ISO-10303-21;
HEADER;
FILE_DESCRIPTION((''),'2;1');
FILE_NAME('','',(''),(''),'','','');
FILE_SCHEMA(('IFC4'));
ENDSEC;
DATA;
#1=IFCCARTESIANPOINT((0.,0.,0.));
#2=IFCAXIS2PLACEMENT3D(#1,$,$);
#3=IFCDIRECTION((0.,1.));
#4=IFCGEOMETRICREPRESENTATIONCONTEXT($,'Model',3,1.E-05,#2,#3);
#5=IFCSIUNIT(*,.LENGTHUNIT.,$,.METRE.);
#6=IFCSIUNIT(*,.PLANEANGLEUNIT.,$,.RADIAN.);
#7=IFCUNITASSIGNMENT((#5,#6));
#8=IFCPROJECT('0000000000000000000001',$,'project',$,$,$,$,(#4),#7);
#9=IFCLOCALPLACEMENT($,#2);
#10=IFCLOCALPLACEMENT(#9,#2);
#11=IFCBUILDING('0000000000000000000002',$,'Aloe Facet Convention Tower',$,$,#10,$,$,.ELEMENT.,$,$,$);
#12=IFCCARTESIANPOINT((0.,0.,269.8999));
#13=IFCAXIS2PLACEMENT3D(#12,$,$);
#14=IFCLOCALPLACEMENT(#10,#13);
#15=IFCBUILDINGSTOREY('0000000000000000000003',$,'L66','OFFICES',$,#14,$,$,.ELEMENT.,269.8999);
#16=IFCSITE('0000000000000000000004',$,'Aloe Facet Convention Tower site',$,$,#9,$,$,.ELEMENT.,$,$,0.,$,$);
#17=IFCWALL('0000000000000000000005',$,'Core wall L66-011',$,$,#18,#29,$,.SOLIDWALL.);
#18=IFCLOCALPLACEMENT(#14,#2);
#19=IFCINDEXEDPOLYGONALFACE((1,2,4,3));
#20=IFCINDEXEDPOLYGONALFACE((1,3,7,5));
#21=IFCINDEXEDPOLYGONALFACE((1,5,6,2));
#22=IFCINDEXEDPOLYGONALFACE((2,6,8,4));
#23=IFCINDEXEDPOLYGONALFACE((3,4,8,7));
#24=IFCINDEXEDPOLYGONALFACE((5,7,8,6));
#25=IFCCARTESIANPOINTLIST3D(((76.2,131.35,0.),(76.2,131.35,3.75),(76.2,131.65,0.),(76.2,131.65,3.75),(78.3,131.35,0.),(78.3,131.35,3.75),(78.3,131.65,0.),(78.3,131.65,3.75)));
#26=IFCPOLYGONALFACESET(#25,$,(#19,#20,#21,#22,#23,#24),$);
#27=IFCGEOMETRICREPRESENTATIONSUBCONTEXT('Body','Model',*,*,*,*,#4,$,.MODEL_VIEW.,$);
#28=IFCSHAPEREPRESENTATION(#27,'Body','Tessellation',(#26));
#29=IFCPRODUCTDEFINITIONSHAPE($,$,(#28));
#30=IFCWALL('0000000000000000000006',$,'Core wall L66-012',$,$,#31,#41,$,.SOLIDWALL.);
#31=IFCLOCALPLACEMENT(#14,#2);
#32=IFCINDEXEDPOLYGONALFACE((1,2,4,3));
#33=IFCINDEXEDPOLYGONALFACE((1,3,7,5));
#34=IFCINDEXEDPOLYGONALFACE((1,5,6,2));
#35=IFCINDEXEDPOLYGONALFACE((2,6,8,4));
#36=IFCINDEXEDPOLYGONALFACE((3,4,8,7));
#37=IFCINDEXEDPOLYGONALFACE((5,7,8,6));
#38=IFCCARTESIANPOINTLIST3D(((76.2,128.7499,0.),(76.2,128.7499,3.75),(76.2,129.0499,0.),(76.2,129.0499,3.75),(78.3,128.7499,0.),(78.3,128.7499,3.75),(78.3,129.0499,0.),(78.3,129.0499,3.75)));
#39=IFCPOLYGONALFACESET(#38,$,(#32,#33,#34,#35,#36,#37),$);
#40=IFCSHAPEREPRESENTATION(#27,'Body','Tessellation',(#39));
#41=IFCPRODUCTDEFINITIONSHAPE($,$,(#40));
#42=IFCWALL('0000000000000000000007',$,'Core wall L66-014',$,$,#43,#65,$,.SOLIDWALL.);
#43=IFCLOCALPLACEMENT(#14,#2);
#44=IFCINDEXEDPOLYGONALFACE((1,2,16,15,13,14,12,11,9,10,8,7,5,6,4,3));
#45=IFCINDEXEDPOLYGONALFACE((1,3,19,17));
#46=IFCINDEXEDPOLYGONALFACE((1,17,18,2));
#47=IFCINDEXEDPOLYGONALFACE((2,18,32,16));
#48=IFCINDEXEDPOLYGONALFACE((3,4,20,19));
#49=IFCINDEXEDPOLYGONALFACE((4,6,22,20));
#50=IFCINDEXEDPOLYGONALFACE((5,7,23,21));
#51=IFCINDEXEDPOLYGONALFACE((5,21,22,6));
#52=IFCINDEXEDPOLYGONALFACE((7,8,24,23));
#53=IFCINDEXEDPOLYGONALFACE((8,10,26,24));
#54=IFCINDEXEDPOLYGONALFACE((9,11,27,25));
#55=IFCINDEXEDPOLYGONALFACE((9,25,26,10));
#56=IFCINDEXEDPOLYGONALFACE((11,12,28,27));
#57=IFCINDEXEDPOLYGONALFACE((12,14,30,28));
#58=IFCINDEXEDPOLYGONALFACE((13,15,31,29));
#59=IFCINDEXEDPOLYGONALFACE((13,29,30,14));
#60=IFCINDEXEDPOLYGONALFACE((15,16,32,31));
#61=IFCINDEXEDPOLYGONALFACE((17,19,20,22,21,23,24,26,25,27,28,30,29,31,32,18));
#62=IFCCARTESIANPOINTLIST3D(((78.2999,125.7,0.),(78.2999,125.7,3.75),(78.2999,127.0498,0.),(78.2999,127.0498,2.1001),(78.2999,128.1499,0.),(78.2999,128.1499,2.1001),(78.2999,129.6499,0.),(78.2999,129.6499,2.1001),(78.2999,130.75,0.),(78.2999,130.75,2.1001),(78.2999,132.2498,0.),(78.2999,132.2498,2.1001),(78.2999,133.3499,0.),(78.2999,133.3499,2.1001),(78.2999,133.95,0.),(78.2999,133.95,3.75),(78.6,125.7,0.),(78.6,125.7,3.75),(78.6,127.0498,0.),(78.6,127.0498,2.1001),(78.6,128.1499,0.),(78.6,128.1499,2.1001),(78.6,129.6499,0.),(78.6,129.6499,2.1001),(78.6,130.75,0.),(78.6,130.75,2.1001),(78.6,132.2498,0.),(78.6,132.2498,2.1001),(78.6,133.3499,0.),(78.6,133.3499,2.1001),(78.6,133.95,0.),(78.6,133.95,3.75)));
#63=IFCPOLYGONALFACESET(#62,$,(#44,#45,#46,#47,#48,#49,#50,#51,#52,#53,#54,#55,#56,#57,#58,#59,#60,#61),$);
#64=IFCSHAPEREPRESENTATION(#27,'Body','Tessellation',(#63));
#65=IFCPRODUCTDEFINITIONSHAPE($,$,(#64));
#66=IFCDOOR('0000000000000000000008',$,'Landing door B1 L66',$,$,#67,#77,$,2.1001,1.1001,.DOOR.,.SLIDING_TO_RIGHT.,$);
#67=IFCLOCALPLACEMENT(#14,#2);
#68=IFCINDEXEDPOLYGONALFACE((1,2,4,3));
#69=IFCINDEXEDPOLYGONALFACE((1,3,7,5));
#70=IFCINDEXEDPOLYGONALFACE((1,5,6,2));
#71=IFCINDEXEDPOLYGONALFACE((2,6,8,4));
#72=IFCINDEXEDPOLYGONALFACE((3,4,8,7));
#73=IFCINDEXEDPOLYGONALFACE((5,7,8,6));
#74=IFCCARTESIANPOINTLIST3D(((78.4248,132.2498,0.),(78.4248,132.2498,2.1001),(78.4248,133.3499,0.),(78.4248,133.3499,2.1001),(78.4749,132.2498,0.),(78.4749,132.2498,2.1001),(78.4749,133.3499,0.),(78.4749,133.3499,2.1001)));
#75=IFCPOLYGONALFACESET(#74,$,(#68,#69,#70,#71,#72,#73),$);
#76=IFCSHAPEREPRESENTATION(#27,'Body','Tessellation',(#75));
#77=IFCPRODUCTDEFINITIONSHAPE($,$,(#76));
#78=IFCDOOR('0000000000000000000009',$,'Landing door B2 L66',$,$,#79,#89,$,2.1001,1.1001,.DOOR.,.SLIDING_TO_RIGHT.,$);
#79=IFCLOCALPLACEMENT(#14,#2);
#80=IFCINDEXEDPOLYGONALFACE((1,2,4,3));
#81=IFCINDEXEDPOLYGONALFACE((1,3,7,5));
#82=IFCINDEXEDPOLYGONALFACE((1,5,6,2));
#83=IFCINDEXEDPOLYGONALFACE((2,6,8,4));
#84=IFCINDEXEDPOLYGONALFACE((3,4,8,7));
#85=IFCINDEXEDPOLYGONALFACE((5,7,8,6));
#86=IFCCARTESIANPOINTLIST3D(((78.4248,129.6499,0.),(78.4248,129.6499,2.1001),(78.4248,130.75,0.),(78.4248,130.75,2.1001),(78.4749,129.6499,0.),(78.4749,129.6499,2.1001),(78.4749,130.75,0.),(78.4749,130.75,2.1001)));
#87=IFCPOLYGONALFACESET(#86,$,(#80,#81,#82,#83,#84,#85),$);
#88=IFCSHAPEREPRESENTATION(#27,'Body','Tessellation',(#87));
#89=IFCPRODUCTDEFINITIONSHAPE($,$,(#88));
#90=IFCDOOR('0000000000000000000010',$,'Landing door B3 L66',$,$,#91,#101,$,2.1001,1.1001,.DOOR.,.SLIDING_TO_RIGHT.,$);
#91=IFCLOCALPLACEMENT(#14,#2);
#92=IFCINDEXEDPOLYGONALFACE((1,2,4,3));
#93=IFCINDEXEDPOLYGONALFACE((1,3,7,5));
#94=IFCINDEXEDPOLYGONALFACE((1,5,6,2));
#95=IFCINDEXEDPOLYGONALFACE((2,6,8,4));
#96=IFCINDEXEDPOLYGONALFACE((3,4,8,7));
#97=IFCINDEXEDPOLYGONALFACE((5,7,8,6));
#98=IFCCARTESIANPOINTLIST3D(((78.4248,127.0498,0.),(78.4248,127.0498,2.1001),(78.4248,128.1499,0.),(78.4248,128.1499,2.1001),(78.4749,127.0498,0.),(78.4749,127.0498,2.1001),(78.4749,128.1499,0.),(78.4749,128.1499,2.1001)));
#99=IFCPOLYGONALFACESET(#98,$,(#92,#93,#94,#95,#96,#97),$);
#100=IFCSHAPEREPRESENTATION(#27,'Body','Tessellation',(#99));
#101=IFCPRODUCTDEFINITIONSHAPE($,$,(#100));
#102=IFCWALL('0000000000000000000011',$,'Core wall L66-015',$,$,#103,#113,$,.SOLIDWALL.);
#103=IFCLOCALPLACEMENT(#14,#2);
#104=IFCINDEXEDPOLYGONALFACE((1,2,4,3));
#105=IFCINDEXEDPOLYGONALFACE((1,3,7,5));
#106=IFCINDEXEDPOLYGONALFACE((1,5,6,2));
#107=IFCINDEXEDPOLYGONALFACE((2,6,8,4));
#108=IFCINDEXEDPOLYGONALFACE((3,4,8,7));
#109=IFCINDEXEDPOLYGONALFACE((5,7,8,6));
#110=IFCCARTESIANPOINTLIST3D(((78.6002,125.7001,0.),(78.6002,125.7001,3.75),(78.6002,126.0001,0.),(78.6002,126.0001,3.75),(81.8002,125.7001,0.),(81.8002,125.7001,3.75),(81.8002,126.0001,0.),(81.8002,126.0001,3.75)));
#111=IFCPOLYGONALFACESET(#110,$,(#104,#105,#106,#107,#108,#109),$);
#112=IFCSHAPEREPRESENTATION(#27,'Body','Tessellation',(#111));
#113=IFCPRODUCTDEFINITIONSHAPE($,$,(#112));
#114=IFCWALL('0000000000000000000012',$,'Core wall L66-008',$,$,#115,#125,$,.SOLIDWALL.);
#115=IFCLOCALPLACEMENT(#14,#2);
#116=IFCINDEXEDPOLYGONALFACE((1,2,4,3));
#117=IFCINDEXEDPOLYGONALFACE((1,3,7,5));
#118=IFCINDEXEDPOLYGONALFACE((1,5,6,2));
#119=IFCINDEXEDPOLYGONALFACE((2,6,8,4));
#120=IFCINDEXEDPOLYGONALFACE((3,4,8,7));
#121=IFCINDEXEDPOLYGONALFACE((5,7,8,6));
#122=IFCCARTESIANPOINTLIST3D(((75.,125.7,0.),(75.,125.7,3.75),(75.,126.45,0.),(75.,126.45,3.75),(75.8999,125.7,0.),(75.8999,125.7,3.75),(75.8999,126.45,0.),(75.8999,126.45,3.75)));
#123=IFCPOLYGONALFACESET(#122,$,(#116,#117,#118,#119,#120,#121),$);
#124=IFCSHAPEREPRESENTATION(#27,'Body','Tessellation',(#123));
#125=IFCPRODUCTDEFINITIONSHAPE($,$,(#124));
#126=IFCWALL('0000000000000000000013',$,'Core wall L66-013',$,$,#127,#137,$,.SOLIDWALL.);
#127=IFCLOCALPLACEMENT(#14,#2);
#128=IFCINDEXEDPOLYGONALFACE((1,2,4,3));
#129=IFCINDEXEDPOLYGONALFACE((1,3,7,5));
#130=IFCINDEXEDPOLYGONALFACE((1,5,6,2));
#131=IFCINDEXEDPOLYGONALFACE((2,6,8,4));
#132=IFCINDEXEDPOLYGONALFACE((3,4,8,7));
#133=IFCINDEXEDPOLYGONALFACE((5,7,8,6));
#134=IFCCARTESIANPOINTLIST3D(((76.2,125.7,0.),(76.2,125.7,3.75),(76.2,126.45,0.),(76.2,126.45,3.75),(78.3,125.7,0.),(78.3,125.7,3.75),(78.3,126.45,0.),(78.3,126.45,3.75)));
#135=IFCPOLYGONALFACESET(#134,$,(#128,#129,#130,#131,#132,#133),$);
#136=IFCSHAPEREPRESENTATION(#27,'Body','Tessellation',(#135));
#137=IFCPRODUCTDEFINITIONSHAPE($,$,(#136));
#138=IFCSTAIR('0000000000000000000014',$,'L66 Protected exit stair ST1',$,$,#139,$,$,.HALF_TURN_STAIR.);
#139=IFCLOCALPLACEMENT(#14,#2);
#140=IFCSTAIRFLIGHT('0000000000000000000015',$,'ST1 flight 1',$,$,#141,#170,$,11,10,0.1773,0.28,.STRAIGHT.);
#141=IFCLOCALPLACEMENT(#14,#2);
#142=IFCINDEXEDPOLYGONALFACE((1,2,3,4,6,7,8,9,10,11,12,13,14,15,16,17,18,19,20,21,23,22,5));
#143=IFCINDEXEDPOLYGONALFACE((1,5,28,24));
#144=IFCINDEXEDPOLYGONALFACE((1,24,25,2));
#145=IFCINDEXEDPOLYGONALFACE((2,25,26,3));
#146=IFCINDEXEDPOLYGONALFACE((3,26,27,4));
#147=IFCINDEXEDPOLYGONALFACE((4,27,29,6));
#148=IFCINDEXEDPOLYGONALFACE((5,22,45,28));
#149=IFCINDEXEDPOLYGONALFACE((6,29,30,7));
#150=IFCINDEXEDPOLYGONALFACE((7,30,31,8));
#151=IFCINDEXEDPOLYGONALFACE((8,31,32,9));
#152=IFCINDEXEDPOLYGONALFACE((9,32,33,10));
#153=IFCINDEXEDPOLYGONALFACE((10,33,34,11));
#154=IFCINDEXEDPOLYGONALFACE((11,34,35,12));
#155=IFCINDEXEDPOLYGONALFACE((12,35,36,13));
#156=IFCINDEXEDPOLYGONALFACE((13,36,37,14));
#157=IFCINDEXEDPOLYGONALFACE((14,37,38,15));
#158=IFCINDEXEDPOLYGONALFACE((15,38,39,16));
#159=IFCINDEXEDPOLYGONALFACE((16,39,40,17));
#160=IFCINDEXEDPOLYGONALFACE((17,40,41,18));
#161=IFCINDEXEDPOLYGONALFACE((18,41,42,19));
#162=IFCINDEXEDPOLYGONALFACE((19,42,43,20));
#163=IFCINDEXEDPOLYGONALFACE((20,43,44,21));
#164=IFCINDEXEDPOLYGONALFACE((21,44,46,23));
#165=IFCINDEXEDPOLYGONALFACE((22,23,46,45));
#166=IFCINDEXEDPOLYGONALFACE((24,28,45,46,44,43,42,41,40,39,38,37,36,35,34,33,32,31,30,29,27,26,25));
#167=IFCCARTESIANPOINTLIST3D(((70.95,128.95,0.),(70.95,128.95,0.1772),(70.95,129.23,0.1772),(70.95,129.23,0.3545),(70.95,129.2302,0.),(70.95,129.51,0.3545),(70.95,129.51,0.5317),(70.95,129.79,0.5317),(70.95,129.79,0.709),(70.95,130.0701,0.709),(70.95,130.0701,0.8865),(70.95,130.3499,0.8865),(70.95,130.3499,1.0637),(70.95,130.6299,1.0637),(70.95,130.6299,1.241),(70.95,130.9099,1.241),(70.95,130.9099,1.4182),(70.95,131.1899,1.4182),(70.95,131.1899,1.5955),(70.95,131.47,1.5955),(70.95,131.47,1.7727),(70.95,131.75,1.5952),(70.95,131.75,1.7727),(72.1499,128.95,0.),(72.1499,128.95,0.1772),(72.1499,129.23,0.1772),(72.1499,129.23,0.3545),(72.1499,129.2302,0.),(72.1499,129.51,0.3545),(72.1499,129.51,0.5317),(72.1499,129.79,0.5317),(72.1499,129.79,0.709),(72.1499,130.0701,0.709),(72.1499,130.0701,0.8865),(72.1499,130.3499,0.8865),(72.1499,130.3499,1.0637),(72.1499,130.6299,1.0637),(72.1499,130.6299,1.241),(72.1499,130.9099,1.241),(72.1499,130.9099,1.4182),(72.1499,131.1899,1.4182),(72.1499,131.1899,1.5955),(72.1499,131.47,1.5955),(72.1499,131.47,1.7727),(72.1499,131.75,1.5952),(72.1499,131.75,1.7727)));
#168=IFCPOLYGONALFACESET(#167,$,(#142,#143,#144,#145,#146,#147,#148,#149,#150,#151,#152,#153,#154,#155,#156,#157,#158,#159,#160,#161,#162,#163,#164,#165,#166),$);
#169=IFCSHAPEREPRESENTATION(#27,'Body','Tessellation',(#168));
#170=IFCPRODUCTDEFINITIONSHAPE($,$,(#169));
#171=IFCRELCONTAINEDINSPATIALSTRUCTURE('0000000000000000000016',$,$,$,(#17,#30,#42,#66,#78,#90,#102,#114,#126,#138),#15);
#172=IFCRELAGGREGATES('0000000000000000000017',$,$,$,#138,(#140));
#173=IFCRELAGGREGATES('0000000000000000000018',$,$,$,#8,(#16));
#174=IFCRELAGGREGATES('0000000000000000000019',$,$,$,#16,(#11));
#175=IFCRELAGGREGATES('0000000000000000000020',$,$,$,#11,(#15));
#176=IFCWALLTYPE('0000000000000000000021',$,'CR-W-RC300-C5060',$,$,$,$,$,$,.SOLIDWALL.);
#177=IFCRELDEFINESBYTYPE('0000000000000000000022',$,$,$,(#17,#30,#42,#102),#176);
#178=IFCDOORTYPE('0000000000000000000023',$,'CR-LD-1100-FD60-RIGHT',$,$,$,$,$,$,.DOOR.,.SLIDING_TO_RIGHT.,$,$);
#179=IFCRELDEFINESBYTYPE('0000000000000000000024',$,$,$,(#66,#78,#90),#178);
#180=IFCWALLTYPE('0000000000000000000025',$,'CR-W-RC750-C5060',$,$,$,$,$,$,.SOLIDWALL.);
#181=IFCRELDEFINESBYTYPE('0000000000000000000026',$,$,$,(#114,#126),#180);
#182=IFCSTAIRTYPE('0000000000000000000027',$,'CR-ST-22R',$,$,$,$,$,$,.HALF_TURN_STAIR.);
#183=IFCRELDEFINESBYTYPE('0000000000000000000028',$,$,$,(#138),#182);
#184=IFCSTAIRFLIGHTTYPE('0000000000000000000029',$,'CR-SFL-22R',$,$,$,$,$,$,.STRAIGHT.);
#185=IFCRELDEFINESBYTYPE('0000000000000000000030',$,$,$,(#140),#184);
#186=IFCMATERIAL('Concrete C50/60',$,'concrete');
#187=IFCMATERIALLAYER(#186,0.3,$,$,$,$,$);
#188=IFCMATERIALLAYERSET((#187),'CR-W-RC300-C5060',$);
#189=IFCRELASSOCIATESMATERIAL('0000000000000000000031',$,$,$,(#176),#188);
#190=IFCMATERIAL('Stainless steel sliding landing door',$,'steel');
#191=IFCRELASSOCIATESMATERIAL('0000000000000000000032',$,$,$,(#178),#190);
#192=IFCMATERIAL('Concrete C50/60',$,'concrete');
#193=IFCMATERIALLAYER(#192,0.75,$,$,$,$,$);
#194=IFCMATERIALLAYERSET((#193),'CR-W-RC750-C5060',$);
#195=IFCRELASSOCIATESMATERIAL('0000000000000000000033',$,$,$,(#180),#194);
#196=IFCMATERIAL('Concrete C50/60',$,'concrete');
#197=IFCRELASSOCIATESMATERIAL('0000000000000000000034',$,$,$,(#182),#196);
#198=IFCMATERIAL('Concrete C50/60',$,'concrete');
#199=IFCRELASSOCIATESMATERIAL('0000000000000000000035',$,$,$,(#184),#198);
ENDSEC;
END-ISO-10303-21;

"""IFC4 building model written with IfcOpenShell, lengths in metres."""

from ifc_helpers import new_model, si_unit, direction, frame, frame_2d, origin, place, context, subcontext, project, spatial, polyline, rectangle, outline, extrude, material, layer, layer_set, type_object, element, fill, aggregate, save


model = new_model("IFC4")

# Units and contexts
model_context = context("Model", 3, precision=1e-05, world=origin(), true_north=direction((0.0, 1.0)))
body_context = subcontext(model_context, "Body", "Model", "MODEL_VIEW")
ifc_project = project(units=[si_unit("LENGTHUNIT", "METRE"), si_unit("PLANEANGLEUNIT", "RADIAN")], contexts=[model_context])

# Site, building, storey
site_placement = place(None, origin())
site = spatial("IfcSite", under=ifc_project, at=site_placement, Name="Aloe Facet Convention Tower site", CompositionType="ELEMENT", RefElevation=0.0)
building_placement = place(site_placement, origin())
building = spatial("IfcBuilding", under=site, at=building_placement, Name="Aloe Facet Convention Tower", CompositionType="ELEMENT")
storey_placement = place(building_placement, frame((0.0, 0.0, 269.8999)))
storey = spatial("IfcBuildingStorey", under=building, at=storey_placement, Name="L66", Description="OFFICES", CompositionType="ELEMENT", Elevation=269.8999)

# Shared definitions
ifc_material_1 = material(Name="Concrete C50/60", Category="concrete")
ifc_layer_1 = layer(ifc_material_1, 0.3)
ifc_layer_set_1 = layer_set([ifc_layer_1], Name="CR-W-RC300-C5060")
wall_type_1 = type_object("IfcWallType", Name="CR-W-RC300-C5060", PredefinedType="SOLIDWALL", material=ifc_layer_set_1)

# Walls
for number, where, z_axis, x_axis, name in (
    (1, (76.2, 131.5, 0.0), (0.0, 0.0, 1.0), (1.0, 0.0, 0.0), "Core wall L66-011"),
    (2, (76.2, 128.8999, 0.0), (0.0, 0.0, 1.0), (1.0, 0.0, 0.0), "Core wall L66-012"),
):
    element("IfcWall", number, at=place(storey_placement, frame(where, z_axis=z_axis, x_axis=x_axis)), inside=storey, type_object=wall_type_1, Name=name, PredefinedType="SOLIDWALL", context=body_context, shape_type="SweptSolid", body=[
        extrude(rectangle(XDim=2.1001, YDim=0.3, at=frame_2d((1.05, 0.0))), origin(), (0.0, 0.0, 1.0), 3.75),
    ])

# Wall, openings, doors
wall_1_placement = place(storey_placement, frame((78.45, 133.95, 0.0), z_axis=(0.0, 0.0, 1.0), x_axis=(0.0, -1.0, 0.0)))
wall_1 = element("IfcWall", 3, at=wall_1_placement, inside=storey, type_object=wall_type_1, Name="Core wall L66-014", PredefinedType="SOLIDWALL", context=body_context, shape_type="SweptSolid", body=[
    extrude(rectangle(XDim=8.25, YDim=0.3, at=frame_2d((4.125, 0.0))), origin(), (0.0, 0.0, 1.0), 3.75),
])
opening_1_placement = place(wall_1_placement, frame((0.6001, 0.0, 0.0)))
opening_1 = element("IfcOpeningElement", 4, at=opening_1_placement, cuts=wall_1, PredefinedType="OPENING", context=body_context, shape_type="SweptSolid", body=[
    extrude(rectangle(XDim=1.1001, YDim=2.1001, at=frame_2d((0.55, 1.05))), frame((0.0, 0.1602, 0.0), z_axis=(0.0, -1.0, 0.0), x_axis=(1.0, 0.0, 0.0)), (0.0, 0.0, 1.0), 0.3201),
])
opening_2_placement = place(wall_1_placement, frame((3.2, 0.0, 0.0)))
opening_2 = element("IfcOpeningElement", 5, at=opening_2_placement, cuts=wall_1, PredefinedType="OPENING", context=body_context, shape_type="SweptSolid", body=[
    extrude(rectangle(XDim=1.1001, YDim=2.1001, at=frame_2d((0.55, 1.05))), frame((0.0, 0.1602, 0.0), z_axis=(0.0, -1.0, 0.0), x_axis=(1.0, 0.0, 0.0)), (0.0, 0.0, 1.0), 0.3201),
])
opening_3_placement = place(wall_1_placement, frame((5.8, 0.0, 0.0)))
opening_3 = element("IfcOpeningElement", 6, at=opening_3_placement, cuts=wall_1, PredefinedType="OPENING", context=body_context, shape_type="SweptSolid", body=[
    extrude(rectangle(XDim=1.1001, YDim=2.1001, at=frame_2d((0.55, 1.05))), frame((0.0, 0.1602, 0.0), z_axis=(0.0, -1.0, 0.0), x_axis=(1.0, 0.0, 0.0)), (0.0, 0.0, 1.0), 0.3201),
])
ifc_material_2 = material(Name="Stainless steel sliding landing door", Category="steel")
door_type_1 = type_object("IfcDoorType", Name="CR-LD-1100-FD60-RIGHT", OperationType="SLIDING_TO_RIGHT", PredefinedType="DOOR", material=ifc_material_2)
door_1_placement = place(opening_1_placement, origin())
door_1 = element("IfcDoor", 7, at=door_1_placement, inside=storey, type_object=door_type_1, Name="Landing door B1 L66", OperationType="SLIDING_TO_RIGHT", OverallHeight=2.1001, OverallWidth=1.1001, PredefinedType="DOOR", context=body_context, shape_type="SweptSolid", body=[
    extrude(rectangle(XDim=1.1001, YDim=2.1001, at=frame_2d((0.55, 1.05))), frame((0.0, 0.0249, 0.0), z_axis=(0.0, -1.0, 0.0), x_axis=(1.0, 0.0, 0.0)), (0.0, 0.0, 1.0), 0.05),
])
fill(opening_1, door_1)
door_2_placement = place(opening_2_placement, origin())
door_2 = element("IfcDoor", 8, at=door_2_placement, inside=storey, type_object=door_type_1, Name="Landing door B2 L66", OperationType="SLIDING_TO_RIGHT", OverallHeight=2.1001, OverallWidth=1.1001, PredefinedType="DOOR", context=body_context, shape_type="SweptSolid", body=[
    extrude(rectangle(XDim=1.1001, YDim=2.1001, at=frame_2d((0.55, 1.05))), frame((0.0, 0.0249, 0.0), z_axis=(0.0, -1.0, 0.0), x_axis=(1.0, 0.0, 0.0)), (0.0, 0.0, 1.0), 0.05),
])
fill(opening_2, door_2)
door_3_placement = place(opening_3_placement, origin())
door_3 = element("IfcDoor", 9, at=door_3_placement, inside=storey, type_object=door_type_1, Name="Landing door B3 L66", OperationType="SLIDING_TO_RIGHT", OverallHeight=2.1001, OverallWidth=1.1001, PredefinedType="DOOR", context=body_context, shape_type="SweptSolid", body=[
    extrude(rectangle(XDim=1.1001, YDim=2.1001, at=frame_2d((0.55, 1.05))), frame((0.0, 0.0249, 0.0), z_axis=(0.0, -1.0, 0.0), x_axis=(1.0, 0.0, 0.0)), (0.0, 0.0, 1.0), 0.05),
])
fill(opening_3, door_3)

# Walls
wall_2_placement = place(storey_placement, frame((78.6001, 125.8501, 0.0), z_axis=(0.0, 0.0, 1.0), x_axis=(1.0, 0.0, 0.0)))
element("IfcWall", 10, at=wall_2_placement, inside=storey, type_object=wall_type_1, Name="Core wall L66-015", PredefinedType="SOLIDWALL", context=body_context, shape_type="SweptSolid", body=[
    extrude(rectangle(XDim=3.2, YDim=0.3, at=frame_2d((1.6001, 0.0))), origin(), (0.0, 0.0, 1.0), 3.75),
])
ifc_material_3 = material(Name="Concrete C50/60", Category="concrete")
ifc_layer_2 = layer(ifc_material_3, 0.75)
ifc_layer_set_2 = layer_set([ifc_layer_2], Name="CR-W-RC750-C5060")
wall_type_2 = type_object("IfcWallType", Name="CR-W-RC750-C5060", PredefinedType="SOLIDWALL", material=ifc_layer_set_2)
wall_3_placement = place(storey_placement, frame((75.0, 126.075, 0.0), z_axis=(0.0, 0.0, 1.0), x_axis=(1.0, 0.0, 0.0)))
element("IfcWall", 11, at=wall_3_placement, inside=storey, type_object=wall_type_2, Name="Core wall L66-008", PredefinedType="SOLIDWALL", context=body_context, shape_type="SweptSolid", body=[
    extrude(rectangle(XDim=0.8999, YDim=0.75, at=frame_2d((0.45, 0.0))), origin(), (0.0, 0.0, 1.0), 3.75),
])
wall_4_placement = place(storey_placement, frame((76.2, 126.075, 0.0), z_axis=(0.0, 0.0, 1.0), x_axis=(1.0, 0.0, 0.0)))
element("IfcWall", 12, at=wall_4_placement, inside=storey, type_object=wall_type_2, Name="Core wall L66-013", PredefinedType="SOLIDWALL", context=body_context, shape_type="SweptSolid", body=[
    extrude(rectangle(XDim=2.1001, YDim=0.75, at=frame_2d((1.05, 0.0))), origin(), (0.0, 0.0, 1.0), 3.75),
])

# Stair, stair flight
ifc_material_4 = material(Name="Concrete C50/60", Category="concrete")
stair_type = type_object("IfcStairType", Name="CR-ST-22R", PredefinedType="HALF_TURN_STAIR", material=ifc_material_4)
stair_placement = place(storey_placement, origin())
stair = element("IfcStair", 13, at=stair_placement, inside=storey, type_object=stair_type, Name="L66 Protected exit stair ST1", PredefinedType="HALF_TURN_STAIR")
ifc_material_5 = material(Name="Concrete C50/60", Category="concrete")
stair_flight_type = type_object("IfcStairFlightType", Name="CR-SFL-22R", PredefinedType="STRAIGHT", material=ifc_material_5)
stair_flight_1_placement = place(storey_placement, frame((71.55, 128.95, 0.0), z_axis=(0.0, 0.0, 1.0), x_axis=(0.0, 1.0, 0.0)))
stair_flight_1 = element("IfcStairFlight", 14, at=stair_flight_1_placement, type_object=stair_flight_type, Name="ST1 flight 1", NumberOfRisers=11, NumberOfTreads=10, PredefinedType="STRAIGHT", RiserHeight=0.1773, TreadLength=0.28, context=body_context, shape_type="SweptSolid", body=[
    extrude(outline(polyline([(0.0, 0.0), (0.0, 0.1772), (0.28, 0.1772), (0.28, 0.3545), (0.5601, 0.3545), (0.5601, 0.5317), (0.8401, 0.5317), (0.8401, 0.709), (1.1201, 0.709), (1.1201, 0.8865), (1.3999, 0.8865), (1.3999, 1.0637), (1.6799, 1.0637), (1.6799, 1.241), (1.96, 1.241), (1.96, 1.4182), (2.24, 1.4182), (2.24, 1.5955), (2.52, 1.5955), (2.52, 1.7727), (2.8, 1.7727), (2.8, 1.95), (2.8, 1.5952), (0.2803, 0.0), (0.0, 0.0)])), frame((0.0, 0.6001, 0.0), z_axis=(0.0, -1.0, 0.0), x_axis=(1.0, 0.0, 0.0)), (0.0, 0.0, 1.0), 1.2),
])
aggregate(stair, [stair_flight_1])

save(model, "model.ifc")
